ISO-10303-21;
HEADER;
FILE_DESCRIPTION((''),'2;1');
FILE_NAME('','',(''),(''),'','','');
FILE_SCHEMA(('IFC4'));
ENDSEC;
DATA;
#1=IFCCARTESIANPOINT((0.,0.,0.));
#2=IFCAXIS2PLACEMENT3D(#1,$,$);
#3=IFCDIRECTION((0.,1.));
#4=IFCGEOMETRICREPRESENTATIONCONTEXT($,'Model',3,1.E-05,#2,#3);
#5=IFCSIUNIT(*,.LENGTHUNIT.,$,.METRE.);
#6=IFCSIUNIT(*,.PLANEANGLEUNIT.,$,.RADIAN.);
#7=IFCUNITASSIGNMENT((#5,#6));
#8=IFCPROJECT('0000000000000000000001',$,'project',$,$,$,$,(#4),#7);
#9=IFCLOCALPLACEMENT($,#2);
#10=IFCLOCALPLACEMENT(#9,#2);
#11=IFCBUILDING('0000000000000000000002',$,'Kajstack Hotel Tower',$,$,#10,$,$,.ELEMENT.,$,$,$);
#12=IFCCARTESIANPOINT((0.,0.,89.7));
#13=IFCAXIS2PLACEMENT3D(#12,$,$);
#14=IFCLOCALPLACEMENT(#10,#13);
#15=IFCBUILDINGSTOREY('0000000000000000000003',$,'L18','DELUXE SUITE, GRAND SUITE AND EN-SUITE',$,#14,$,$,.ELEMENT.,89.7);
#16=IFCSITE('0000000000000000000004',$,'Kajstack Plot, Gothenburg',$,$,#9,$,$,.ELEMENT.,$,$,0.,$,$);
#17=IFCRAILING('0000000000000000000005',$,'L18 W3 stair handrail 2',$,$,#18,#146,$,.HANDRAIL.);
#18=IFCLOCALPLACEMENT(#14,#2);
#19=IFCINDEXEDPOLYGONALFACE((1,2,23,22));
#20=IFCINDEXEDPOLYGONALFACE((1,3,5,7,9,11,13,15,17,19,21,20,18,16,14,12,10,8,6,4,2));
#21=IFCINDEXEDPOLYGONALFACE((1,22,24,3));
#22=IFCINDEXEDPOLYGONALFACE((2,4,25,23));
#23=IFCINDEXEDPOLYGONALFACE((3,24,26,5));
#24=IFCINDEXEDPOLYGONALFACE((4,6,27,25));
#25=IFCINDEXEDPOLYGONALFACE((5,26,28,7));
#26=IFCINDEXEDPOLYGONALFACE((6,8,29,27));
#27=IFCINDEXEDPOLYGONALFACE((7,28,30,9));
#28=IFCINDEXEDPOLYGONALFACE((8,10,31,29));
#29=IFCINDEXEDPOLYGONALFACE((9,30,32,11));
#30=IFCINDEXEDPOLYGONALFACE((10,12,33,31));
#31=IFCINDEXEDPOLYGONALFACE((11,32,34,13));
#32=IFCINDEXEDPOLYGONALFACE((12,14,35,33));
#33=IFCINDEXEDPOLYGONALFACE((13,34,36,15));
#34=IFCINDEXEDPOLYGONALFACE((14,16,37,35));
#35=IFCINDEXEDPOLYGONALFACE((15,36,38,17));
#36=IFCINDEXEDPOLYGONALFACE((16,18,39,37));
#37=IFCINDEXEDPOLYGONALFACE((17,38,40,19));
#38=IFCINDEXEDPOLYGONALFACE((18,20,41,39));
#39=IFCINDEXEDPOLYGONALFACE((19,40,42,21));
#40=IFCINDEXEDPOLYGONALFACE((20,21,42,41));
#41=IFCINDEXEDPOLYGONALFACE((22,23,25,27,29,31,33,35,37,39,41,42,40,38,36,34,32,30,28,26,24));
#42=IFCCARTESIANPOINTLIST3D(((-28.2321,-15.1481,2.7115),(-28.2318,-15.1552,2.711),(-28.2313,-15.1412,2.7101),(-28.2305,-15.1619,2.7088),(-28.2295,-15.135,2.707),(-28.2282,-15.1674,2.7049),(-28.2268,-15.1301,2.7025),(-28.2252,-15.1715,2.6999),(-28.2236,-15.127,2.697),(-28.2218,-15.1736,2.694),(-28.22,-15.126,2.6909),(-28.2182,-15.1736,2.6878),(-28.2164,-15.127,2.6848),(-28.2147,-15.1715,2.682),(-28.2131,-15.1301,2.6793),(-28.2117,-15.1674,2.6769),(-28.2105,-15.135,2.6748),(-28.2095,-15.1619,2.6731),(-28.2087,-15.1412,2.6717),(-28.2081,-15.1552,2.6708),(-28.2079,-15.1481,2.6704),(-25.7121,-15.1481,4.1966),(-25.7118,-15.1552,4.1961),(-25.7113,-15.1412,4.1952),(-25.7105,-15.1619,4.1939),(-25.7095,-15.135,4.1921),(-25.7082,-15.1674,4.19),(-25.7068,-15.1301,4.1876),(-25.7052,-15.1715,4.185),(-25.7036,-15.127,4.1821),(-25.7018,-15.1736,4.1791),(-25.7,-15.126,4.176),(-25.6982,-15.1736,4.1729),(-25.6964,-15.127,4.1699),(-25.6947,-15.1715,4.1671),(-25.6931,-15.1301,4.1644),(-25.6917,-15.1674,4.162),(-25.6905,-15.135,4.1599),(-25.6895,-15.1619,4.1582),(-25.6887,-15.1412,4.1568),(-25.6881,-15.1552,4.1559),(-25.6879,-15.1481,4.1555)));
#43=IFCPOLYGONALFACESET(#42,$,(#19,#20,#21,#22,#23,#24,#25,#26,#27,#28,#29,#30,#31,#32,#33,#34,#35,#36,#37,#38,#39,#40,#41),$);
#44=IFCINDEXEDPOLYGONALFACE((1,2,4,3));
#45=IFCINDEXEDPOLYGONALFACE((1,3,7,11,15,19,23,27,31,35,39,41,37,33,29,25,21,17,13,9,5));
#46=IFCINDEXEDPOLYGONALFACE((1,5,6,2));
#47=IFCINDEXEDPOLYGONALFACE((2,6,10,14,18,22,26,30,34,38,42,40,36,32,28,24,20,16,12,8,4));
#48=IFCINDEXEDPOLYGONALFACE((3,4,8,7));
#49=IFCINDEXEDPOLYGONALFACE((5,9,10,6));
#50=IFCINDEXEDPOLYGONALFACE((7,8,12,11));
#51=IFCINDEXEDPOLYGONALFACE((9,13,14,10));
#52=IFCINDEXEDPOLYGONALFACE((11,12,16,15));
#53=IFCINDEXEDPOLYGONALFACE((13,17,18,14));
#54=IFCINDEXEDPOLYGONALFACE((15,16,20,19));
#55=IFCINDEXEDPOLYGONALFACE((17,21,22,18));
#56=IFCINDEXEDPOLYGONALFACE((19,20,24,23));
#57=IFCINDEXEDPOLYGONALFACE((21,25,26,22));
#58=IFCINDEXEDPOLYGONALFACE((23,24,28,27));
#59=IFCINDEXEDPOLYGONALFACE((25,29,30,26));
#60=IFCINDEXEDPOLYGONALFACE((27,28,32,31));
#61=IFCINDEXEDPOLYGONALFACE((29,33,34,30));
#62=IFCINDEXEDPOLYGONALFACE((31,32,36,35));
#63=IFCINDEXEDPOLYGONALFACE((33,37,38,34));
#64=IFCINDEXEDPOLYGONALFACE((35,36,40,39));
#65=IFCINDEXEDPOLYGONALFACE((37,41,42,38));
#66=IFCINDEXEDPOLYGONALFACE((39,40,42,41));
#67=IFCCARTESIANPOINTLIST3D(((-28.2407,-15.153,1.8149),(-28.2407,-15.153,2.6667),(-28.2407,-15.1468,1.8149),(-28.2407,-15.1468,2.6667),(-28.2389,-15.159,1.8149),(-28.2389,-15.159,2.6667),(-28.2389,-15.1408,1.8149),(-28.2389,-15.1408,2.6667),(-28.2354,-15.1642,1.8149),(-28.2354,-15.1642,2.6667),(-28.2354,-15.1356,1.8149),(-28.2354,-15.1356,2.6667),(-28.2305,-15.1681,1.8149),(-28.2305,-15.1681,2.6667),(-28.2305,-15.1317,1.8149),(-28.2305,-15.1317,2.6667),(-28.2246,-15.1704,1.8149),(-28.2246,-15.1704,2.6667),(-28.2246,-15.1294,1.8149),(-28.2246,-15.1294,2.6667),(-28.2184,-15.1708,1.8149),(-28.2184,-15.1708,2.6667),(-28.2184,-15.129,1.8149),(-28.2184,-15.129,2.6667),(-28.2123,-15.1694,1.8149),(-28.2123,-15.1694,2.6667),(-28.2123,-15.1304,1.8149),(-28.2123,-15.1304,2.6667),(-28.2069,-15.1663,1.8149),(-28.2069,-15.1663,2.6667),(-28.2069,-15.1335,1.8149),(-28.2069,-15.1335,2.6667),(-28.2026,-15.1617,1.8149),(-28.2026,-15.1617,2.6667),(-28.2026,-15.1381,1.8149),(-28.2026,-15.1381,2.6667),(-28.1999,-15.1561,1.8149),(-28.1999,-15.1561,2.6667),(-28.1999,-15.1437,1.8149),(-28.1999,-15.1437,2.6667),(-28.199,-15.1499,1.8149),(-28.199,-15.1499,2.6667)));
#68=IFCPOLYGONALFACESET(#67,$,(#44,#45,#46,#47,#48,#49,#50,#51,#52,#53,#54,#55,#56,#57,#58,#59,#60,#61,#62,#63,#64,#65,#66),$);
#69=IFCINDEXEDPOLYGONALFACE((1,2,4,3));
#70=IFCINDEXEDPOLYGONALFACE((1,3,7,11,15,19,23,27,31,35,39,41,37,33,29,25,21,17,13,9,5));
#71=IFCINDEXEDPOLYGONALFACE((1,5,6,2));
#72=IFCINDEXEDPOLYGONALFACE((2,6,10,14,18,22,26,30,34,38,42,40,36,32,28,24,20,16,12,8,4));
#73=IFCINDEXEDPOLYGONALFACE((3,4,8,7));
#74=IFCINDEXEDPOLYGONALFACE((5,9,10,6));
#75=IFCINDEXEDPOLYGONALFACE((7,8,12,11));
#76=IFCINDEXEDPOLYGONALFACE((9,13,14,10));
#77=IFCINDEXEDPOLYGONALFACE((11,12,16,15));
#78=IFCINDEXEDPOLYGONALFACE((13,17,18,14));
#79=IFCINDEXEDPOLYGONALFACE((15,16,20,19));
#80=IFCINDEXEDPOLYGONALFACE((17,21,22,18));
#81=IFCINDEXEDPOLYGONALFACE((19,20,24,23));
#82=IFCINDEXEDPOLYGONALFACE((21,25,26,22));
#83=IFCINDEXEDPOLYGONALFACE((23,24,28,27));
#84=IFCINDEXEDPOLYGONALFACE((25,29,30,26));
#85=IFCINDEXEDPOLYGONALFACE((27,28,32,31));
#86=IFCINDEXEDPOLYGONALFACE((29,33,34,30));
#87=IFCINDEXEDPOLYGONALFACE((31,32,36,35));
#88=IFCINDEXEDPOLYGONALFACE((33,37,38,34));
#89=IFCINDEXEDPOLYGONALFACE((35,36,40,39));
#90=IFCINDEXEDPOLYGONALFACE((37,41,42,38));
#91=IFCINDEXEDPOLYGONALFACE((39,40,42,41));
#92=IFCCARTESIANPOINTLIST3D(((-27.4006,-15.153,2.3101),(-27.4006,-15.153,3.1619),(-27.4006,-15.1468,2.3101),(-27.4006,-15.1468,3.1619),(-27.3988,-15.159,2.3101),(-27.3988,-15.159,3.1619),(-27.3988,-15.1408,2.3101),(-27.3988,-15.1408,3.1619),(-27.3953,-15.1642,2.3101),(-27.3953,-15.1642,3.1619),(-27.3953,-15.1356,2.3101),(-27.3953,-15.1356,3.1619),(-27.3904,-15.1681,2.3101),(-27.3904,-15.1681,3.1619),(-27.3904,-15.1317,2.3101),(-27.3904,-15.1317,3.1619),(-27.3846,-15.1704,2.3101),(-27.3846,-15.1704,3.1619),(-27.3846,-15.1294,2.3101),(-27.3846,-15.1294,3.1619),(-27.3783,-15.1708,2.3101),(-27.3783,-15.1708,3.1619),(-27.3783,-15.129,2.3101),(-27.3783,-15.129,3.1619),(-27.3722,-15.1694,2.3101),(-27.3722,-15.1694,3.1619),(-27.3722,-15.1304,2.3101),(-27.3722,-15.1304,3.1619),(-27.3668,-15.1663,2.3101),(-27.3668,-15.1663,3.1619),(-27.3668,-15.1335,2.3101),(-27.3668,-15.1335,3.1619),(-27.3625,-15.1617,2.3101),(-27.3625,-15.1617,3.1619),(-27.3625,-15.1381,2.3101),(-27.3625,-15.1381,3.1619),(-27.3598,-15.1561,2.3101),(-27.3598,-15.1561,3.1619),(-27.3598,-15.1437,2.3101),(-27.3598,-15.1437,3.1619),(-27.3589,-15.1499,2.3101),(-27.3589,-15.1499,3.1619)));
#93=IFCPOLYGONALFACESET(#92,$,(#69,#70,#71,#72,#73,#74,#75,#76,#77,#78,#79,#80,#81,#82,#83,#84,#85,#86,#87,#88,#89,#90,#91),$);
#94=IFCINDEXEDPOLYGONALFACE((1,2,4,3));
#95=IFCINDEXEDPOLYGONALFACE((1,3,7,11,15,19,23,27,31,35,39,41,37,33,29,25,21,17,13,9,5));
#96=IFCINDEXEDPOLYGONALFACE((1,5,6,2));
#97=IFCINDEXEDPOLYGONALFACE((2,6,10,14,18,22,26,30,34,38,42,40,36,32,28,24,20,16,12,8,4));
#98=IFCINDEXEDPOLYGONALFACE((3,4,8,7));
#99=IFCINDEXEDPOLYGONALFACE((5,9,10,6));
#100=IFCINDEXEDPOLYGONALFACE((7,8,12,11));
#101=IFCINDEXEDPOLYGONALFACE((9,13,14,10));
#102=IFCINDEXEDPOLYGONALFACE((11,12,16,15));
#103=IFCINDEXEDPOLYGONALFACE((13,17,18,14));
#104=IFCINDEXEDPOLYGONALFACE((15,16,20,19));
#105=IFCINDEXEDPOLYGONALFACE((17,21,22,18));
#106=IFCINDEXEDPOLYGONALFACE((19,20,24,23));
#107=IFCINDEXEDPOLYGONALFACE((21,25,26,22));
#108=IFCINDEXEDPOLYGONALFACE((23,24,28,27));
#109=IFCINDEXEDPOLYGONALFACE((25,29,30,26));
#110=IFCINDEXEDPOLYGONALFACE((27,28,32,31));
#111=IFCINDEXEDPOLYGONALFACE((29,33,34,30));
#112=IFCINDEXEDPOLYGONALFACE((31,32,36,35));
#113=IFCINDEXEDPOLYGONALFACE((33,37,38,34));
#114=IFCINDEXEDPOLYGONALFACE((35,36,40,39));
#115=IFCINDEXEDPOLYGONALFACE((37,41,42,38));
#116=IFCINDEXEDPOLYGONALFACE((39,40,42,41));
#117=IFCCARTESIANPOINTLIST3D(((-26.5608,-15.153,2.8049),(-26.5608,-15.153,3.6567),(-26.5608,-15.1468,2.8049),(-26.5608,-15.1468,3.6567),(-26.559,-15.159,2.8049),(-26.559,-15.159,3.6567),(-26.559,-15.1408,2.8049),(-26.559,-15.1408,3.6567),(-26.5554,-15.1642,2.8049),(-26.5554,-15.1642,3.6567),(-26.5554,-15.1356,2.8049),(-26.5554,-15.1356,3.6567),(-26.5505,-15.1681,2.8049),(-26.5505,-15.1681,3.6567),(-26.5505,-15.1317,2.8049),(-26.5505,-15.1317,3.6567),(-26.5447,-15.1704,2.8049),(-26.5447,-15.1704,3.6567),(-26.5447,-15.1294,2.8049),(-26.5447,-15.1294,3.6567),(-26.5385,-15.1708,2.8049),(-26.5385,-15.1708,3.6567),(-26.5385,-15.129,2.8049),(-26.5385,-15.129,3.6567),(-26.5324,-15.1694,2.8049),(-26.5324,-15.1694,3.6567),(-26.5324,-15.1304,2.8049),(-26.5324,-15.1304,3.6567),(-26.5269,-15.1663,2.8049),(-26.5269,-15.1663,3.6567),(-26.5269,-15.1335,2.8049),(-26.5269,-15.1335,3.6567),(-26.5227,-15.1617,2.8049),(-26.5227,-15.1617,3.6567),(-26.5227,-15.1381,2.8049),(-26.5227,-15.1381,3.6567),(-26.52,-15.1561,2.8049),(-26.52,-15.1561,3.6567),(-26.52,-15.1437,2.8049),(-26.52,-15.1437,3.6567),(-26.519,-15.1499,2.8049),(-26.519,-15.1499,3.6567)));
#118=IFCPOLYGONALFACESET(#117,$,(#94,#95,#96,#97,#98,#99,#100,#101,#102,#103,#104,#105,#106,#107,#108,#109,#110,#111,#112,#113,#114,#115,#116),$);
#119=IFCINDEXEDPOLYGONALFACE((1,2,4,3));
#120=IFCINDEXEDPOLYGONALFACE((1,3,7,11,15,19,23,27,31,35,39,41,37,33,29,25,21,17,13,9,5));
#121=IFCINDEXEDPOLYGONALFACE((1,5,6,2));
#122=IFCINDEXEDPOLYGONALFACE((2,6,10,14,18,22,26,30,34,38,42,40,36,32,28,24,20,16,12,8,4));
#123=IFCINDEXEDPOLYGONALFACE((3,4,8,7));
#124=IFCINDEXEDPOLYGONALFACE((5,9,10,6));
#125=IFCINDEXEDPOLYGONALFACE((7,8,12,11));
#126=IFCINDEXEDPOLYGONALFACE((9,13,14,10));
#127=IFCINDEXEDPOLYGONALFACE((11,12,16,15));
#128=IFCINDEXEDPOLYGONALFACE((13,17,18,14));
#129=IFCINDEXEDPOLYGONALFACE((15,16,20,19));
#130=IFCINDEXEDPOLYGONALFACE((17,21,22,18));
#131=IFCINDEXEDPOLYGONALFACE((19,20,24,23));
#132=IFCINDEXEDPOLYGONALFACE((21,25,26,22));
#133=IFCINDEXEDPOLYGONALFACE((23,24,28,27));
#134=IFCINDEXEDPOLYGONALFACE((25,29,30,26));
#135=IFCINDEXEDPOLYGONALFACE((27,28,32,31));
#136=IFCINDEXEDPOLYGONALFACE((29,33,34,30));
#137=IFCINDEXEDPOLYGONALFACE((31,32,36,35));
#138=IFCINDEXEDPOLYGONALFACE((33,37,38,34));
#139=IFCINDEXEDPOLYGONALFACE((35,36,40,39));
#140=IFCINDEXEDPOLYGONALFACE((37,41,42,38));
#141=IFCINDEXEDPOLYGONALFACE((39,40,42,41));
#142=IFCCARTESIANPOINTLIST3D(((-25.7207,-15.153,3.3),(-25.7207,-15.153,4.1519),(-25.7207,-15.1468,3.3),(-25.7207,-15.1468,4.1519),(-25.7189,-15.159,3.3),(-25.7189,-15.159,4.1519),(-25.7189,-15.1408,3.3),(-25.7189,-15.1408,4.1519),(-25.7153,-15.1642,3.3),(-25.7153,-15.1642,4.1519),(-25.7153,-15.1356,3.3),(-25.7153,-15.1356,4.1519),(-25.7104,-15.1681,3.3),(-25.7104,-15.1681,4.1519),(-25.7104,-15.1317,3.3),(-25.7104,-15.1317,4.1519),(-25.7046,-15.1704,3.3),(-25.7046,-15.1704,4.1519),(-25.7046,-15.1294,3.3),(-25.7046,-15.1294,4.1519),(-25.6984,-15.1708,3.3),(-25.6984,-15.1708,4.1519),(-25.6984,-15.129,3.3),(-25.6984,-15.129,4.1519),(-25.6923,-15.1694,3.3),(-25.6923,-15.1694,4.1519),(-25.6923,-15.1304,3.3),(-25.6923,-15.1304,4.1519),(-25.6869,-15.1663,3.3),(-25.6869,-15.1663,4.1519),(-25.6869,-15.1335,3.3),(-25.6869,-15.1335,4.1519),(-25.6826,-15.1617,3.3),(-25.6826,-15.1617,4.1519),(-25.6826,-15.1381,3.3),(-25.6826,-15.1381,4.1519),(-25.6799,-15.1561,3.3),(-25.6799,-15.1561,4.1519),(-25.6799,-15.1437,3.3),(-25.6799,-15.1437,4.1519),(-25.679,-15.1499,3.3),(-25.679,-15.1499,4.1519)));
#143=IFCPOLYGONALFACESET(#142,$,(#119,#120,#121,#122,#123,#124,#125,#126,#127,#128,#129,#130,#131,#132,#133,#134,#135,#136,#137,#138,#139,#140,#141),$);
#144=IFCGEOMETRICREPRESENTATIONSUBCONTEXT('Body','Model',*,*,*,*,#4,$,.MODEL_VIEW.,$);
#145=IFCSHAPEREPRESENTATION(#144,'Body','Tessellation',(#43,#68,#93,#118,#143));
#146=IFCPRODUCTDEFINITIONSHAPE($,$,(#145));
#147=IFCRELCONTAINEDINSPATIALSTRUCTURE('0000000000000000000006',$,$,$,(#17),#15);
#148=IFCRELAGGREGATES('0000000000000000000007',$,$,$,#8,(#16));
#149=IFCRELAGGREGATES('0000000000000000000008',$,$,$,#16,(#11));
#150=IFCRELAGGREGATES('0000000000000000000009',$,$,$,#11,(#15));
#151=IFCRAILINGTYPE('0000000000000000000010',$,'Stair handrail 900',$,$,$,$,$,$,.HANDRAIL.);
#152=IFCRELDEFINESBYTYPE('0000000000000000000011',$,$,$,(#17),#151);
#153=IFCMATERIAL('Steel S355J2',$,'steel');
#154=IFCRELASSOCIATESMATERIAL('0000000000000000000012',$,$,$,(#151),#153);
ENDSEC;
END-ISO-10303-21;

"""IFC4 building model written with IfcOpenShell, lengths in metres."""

from ifc_helpers import new_model, si_unit, direction, frame, origin, origin_2d, place, context, subcontext, project, spatial, circle, extrude, material, type_object, element, save


model = new_model("IFC4")

# Units and contexts
model_context = context("Model", 3, precision=1e-05, world=origin(), true_north=direction((0.0, 1.0)))
body_context = subcontext(model_context, "Body", "Model", "MODEL_VIEW")
ifc_project = project(units=[si_unit("LENGTHUNIT", "METRE"), si_unit("PLANEANGLEUNIT", "RADIAN")], contexts=[model_context])

# Site, building, storey
site_placement = place(None, origin())
site = spatial("IfcSite", under=ifc_project, at=site_placement, Name="Kajstack Plot, Gothenburg", CompositionType="ELEMENT", RefElevation=0.0)
building_placement = place(site_placement, origin())
building = spatial("IfcBuilding", under=site, at=building_placement, Name="Kajstack Hotel Tower", CompositionType="ELEMENT")
storey_placement = place(building_placement, frame((0.0, 0.0, 89.7)))
storey = spatial("IfcBuildingStorey", under=building, at=storey_placement, Name="L18", Description="DELUXE SUITE, GRAND SUITE AND EN-SUITE", CompositionType="ELEMENT", Elevation=89.7)

# Railing
ifc_material_1 = material(Name="Steel S355J2", Category="steel")
railing_type_1 = type_object("IfcRailingType", Name="Stair handrail 900", PredefinedType="HANDRAIL", material=ifc_material_1)
railing_1_placement = place(storey_placement, frame((-28.22, -15.1499, 1.8149)))
element("IfcRailing", 1, at=railing_1_placement, inside=storey, type_object=railing_type_1, Name="L18 W3 stair handrail 2", PredefinedType="HANDRAIL", context=body_context, shape_type="SweptSolid", body=[
    extrude(circle(Radius=0.0239, at=origin_2d()), frame((0.0, 0.0, 0.876), z_axis=(0.861524, 0.0, 0.507717), x_axis=(0.0, 1.0, 0.0)), (0.0, 0.0, 1.0), 2.925),
    extrude(circle(Radius=0.021, at=origin_2d()), origin(), (0.0, 0.0, 1.0), 0.8518),
    extrude(circle(Radius=0.021, at=origin_2d()), frame((0.8401, 0.0, 0.4951)), (0.0, 0.0, 1.0), 0.8518),
    extrude(circle(Radius=0.021, at=origin_2d()), frame((1.6799, 0.0, 0.99)), (0.0, 0.0, 1.0), 0.8518),
    extrude(circle(Radius=0.021, at=origin_2d()), frame((2.52, 0.0, 1.4851)), (0.0, 0.0, 1.0), 0.8518),
])

save(model, "model.ifc")
